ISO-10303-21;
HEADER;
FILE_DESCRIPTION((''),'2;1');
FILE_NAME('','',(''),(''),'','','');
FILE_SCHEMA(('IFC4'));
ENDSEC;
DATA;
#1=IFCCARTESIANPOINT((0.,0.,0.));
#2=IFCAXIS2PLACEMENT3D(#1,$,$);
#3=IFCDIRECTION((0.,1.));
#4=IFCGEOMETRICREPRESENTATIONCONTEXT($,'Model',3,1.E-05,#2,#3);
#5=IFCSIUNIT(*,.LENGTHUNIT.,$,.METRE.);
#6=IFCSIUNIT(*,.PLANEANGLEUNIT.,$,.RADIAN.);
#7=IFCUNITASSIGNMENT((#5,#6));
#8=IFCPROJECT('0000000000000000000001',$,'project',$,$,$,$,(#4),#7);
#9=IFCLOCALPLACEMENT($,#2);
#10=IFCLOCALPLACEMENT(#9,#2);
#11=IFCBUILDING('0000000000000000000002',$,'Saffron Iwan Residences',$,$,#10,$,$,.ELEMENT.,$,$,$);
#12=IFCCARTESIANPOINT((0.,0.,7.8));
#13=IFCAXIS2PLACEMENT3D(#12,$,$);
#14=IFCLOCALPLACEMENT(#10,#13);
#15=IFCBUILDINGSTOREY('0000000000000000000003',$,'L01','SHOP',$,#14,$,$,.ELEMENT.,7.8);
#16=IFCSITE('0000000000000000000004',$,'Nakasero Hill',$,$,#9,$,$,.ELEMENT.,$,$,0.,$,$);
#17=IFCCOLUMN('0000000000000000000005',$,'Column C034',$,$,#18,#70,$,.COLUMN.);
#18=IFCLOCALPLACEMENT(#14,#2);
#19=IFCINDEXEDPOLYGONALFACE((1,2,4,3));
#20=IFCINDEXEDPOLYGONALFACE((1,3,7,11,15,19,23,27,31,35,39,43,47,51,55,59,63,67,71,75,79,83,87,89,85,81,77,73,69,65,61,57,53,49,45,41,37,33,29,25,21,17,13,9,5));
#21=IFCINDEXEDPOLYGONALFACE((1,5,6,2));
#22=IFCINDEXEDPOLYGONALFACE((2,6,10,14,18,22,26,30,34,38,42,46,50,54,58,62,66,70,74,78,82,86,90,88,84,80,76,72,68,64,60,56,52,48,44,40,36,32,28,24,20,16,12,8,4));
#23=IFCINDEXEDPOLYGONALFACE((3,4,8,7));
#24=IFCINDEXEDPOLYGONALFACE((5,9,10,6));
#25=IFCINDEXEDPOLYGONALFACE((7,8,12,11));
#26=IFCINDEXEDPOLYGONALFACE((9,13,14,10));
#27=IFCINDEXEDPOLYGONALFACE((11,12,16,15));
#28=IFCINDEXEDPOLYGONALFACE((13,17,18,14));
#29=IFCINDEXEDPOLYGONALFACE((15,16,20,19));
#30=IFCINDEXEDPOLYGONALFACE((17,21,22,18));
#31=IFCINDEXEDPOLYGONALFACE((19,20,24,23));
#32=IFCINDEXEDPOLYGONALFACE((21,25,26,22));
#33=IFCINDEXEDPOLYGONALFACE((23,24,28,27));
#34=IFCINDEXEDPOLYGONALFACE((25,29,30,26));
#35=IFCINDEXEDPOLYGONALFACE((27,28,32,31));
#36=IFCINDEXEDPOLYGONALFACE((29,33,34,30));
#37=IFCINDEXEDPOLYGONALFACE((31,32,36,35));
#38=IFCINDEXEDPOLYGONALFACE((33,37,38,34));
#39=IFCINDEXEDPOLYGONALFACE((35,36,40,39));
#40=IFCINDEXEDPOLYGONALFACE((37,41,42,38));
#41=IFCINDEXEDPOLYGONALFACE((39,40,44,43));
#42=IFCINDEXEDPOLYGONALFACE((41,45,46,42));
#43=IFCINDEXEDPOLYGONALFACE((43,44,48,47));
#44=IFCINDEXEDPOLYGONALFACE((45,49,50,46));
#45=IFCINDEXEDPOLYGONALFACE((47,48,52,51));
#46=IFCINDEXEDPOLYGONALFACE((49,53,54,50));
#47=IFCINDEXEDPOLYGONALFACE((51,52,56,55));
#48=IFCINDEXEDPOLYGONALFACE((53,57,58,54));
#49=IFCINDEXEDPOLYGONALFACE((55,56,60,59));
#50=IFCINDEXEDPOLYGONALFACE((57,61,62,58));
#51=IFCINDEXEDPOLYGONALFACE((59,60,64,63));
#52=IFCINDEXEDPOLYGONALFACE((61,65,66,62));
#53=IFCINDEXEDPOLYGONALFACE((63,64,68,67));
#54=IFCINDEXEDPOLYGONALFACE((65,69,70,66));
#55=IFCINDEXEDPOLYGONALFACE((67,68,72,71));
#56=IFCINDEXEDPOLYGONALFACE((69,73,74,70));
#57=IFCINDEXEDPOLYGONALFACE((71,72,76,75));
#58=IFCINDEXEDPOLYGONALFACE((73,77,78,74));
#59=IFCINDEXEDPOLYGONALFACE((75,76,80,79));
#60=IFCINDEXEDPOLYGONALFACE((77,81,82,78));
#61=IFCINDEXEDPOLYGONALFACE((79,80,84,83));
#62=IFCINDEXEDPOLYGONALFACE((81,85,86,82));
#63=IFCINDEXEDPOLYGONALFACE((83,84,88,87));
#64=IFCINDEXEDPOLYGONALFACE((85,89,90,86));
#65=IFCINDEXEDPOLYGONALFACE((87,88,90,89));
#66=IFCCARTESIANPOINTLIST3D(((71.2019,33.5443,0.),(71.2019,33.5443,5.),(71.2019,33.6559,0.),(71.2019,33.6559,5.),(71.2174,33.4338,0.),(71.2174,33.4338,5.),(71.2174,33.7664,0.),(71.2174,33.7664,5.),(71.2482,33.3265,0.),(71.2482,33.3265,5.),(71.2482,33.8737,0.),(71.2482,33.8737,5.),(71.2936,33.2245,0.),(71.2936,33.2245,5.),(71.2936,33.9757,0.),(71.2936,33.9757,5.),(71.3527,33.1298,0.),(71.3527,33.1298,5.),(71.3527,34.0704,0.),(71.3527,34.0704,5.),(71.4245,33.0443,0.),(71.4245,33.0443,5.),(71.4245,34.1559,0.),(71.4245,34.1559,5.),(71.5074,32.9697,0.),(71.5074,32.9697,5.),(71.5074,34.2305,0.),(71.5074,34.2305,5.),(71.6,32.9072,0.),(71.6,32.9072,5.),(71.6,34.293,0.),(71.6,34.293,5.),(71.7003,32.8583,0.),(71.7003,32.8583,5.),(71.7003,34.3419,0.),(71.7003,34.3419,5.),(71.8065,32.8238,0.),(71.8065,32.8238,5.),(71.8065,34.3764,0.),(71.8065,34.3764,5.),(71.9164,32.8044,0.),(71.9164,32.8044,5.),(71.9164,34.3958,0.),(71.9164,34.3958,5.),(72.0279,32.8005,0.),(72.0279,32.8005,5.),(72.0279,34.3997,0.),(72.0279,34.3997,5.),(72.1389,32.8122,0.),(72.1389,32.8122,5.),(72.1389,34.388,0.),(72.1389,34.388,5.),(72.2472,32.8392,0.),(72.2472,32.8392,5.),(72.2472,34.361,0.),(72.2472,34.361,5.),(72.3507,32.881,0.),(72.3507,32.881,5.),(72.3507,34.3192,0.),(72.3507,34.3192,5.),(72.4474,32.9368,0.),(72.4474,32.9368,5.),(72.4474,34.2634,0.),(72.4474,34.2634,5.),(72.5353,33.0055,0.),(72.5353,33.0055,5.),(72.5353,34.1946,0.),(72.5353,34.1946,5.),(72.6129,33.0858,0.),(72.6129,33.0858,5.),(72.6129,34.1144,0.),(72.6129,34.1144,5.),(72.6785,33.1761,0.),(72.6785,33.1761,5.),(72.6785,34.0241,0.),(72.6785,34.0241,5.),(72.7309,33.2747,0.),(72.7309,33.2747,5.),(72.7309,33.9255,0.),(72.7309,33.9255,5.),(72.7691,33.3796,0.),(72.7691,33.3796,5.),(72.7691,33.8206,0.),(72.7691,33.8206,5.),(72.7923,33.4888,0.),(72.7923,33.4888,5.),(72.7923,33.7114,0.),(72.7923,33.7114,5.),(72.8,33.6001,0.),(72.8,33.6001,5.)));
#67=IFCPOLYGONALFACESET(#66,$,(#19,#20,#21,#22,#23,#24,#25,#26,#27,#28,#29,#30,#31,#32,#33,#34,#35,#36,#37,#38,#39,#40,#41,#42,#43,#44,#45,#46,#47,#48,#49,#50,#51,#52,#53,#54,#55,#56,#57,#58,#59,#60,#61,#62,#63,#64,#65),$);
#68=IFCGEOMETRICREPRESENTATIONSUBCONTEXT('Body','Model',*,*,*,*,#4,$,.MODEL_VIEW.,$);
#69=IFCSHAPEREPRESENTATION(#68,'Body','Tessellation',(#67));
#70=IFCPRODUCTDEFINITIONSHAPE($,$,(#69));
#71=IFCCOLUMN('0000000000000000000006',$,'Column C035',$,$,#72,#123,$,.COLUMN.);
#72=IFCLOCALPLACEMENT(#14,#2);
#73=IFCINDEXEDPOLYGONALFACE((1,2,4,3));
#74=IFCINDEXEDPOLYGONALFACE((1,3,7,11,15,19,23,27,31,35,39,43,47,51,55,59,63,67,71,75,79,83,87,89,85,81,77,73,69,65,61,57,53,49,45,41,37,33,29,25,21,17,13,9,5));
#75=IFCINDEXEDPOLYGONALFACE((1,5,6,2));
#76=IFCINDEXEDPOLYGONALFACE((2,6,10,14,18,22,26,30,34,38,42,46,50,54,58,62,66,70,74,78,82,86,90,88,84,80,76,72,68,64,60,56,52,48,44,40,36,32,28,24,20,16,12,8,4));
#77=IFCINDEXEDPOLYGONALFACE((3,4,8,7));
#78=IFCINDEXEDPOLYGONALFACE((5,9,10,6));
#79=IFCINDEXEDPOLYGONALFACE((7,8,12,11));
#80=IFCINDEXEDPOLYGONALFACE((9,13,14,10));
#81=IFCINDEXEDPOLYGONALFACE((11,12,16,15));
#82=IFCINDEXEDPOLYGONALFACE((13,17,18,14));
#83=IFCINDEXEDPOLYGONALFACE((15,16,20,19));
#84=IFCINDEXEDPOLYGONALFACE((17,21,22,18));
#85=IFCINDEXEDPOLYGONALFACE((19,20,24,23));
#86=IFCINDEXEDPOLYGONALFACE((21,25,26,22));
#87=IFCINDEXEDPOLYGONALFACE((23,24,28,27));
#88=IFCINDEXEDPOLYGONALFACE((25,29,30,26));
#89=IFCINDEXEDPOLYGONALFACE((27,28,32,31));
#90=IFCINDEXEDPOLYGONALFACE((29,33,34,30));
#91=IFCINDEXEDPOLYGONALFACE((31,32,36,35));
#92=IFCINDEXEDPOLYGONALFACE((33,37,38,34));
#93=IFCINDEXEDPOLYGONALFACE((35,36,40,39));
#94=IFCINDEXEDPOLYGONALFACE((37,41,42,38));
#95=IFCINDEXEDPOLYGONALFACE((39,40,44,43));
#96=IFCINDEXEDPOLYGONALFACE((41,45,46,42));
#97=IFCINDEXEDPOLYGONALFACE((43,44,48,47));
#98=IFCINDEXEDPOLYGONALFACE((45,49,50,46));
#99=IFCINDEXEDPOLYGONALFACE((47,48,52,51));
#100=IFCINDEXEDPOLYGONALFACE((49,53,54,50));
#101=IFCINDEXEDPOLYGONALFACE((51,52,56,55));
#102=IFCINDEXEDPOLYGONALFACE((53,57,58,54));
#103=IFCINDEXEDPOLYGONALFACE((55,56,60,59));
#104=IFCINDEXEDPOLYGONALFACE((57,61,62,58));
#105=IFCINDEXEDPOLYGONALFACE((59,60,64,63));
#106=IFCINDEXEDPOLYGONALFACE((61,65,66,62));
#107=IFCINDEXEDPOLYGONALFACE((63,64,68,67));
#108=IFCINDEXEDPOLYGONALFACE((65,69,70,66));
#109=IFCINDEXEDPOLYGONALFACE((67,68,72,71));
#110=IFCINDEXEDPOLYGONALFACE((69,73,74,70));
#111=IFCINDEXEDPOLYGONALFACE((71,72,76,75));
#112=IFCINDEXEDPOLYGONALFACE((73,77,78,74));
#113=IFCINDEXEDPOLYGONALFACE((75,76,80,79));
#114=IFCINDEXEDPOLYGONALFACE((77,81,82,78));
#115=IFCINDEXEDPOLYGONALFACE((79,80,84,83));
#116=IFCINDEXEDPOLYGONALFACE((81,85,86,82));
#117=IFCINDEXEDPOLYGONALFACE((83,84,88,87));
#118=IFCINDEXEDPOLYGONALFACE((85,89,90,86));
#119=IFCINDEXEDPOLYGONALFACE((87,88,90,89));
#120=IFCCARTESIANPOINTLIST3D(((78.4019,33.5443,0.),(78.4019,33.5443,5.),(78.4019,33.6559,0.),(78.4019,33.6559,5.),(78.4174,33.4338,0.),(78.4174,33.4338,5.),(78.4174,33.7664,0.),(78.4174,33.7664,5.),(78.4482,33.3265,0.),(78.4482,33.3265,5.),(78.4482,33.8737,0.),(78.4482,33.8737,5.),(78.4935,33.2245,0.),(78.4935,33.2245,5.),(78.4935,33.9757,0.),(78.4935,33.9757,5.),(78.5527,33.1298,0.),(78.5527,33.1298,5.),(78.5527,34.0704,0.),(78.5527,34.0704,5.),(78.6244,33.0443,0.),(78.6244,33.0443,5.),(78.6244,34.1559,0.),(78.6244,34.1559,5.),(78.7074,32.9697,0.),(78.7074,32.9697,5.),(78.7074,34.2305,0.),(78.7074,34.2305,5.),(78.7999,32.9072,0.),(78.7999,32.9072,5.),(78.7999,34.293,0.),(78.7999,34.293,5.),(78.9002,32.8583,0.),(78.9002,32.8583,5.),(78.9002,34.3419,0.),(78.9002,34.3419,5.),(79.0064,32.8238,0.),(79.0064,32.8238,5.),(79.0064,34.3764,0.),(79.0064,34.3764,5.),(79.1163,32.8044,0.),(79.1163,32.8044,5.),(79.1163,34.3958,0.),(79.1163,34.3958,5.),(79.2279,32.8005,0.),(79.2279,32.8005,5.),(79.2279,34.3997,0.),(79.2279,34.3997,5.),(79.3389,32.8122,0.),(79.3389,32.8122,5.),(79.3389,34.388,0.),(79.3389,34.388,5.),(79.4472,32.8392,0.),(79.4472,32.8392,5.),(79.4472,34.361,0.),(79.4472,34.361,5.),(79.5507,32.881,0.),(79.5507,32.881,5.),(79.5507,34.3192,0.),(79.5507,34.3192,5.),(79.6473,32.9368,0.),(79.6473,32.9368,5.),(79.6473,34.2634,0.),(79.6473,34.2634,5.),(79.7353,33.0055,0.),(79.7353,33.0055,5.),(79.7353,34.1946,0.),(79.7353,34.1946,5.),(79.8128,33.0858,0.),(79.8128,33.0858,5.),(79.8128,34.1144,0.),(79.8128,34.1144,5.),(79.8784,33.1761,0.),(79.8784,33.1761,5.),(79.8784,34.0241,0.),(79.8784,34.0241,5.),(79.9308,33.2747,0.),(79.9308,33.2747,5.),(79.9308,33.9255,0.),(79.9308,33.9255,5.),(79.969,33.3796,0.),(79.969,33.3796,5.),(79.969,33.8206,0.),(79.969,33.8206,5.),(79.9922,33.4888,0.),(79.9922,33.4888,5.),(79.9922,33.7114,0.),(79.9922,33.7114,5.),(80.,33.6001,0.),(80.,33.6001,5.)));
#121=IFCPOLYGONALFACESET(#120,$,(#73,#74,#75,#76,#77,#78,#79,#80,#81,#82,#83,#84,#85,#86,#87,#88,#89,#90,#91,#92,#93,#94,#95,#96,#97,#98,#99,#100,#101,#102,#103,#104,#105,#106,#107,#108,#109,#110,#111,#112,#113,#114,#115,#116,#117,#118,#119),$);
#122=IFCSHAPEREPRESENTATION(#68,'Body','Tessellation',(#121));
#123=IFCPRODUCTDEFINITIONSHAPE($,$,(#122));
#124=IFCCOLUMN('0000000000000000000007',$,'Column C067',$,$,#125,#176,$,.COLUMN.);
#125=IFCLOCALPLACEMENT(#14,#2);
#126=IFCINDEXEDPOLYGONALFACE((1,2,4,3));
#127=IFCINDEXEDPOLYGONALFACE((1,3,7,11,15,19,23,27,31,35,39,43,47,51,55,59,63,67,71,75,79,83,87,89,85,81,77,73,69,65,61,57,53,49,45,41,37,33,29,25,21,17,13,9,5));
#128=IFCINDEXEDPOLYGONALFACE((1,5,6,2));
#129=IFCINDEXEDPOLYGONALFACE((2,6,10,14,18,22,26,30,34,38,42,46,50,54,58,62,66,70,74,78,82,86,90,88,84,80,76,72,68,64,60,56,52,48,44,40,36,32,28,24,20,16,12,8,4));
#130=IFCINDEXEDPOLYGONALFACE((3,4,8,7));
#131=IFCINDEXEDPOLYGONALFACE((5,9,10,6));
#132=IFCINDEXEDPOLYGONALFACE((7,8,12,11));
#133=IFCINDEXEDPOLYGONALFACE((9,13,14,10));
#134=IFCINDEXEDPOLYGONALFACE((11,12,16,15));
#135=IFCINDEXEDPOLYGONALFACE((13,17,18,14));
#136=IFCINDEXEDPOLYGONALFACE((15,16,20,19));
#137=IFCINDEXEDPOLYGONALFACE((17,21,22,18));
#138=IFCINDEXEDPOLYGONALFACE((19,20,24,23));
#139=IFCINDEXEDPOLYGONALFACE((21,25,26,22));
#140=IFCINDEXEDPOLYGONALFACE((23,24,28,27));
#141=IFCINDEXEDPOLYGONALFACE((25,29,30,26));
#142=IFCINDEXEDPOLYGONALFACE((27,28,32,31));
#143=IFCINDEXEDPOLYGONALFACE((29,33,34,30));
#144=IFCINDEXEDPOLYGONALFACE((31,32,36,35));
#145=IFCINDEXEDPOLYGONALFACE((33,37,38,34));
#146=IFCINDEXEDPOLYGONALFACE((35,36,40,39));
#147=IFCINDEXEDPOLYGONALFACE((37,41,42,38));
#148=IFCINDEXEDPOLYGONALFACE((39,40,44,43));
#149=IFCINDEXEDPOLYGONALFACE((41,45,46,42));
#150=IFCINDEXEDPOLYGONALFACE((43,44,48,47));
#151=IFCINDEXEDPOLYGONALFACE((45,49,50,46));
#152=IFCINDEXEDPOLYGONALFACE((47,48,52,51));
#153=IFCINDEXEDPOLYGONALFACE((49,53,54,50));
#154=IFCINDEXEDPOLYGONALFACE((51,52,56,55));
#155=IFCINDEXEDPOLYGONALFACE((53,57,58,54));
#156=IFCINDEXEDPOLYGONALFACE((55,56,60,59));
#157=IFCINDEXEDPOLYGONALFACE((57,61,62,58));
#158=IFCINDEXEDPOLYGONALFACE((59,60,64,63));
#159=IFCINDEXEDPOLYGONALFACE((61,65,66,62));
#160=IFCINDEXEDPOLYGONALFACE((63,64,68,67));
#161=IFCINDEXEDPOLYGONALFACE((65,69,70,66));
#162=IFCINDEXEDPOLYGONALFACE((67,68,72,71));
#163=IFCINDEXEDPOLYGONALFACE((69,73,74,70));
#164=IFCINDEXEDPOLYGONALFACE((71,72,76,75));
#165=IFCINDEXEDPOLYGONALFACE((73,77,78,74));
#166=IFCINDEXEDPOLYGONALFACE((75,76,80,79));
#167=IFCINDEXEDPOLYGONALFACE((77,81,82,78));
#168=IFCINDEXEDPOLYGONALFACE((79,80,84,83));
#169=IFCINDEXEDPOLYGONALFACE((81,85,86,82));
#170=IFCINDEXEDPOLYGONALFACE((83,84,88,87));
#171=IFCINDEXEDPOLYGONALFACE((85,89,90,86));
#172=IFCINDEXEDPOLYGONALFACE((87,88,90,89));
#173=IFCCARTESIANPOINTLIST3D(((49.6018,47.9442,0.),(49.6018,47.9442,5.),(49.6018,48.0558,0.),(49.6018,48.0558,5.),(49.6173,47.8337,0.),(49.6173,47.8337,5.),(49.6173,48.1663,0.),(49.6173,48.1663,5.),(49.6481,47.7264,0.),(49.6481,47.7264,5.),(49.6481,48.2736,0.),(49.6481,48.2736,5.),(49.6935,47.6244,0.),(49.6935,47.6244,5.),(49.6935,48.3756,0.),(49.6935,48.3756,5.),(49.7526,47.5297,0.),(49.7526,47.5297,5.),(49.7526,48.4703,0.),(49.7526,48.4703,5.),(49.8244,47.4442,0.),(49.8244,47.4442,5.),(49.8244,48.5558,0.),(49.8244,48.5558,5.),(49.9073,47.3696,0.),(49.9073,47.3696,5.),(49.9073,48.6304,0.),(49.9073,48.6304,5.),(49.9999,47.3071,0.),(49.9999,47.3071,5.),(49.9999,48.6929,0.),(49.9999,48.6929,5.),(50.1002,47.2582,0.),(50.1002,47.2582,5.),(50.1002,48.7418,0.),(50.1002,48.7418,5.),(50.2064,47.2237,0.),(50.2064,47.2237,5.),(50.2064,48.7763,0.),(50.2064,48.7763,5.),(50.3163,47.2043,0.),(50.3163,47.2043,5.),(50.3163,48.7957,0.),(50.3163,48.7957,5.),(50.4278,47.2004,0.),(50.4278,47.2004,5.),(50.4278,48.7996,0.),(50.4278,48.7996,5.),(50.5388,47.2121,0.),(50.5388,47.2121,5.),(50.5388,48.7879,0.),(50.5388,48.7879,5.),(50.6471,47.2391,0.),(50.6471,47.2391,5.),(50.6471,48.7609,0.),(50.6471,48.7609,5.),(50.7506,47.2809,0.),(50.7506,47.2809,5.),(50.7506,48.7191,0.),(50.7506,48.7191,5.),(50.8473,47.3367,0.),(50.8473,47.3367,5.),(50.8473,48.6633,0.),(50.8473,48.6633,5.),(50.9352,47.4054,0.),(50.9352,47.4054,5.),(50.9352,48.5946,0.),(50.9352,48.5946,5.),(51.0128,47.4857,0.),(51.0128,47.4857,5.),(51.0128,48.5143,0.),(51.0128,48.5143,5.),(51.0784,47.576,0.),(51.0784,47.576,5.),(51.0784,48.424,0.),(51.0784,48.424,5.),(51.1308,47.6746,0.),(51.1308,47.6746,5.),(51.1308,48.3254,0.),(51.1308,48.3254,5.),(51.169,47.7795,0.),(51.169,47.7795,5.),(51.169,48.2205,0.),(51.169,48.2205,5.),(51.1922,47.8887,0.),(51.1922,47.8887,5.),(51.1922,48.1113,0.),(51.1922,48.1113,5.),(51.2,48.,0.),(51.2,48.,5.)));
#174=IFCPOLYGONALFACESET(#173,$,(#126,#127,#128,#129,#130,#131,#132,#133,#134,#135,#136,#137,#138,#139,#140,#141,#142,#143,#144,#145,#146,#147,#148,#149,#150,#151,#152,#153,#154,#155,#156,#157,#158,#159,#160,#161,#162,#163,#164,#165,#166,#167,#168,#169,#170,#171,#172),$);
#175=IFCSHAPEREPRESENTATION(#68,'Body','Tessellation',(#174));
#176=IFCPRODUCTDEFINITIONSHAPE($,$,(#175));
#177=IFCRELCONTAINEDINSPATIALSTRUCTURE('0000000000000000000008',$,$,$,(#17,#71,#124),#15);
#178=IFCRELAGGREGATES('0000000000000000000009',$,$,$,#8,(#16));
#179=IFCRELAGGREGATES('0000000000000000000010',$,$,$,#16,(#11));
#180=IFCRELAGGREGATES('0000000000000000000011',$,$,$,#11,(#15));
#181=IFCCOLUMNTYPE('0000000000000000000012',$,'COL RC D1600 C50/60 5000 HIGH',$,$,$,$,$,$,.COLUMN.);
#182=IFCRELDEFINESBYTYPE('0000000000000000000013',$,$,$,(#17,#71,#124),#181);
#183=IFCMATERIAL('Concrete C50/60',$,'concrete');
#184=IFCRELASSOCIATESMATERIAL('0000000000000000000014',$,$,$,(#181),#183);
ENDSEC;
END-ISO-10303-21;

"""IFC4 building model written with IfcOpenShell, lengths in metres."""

from ifc_helpers import new_model, si_unit, direction, frame, origin, origin_2d, place, context, subcontext, project, spatial, circle, extrude, source, transform, mapped, material, material_profile, profile_set, type_object, element, save


model = new_model("IFC4")

# Units and contexts
model_context = context("Model", 3, precision=1e-05, world=origin(), true_north=direction((0.0, 1.0)))
body_context = subcontext(model_context, "Body", "Model", "MODEL_VIEW")
ifc_project = project(units=[si_unit("LENGTHUNIT", "METRE"), si_unit("PLANEANGLEUNIT", "RADIAN")], contexts=[model_context])

# Site, building, storey
site_placement = place(None, origin())
site = spatial("IfcSite", under=ifc_project, at=site_placement, Name="Nakasero Hill", CompositionType="ELEMENT", RefElevation=0.0)
building_placement = place(site_placement, origin())
building = spatial("IfcBuilding", under=site, at=building_placement, Name="Saffron Iwan Residences", CompositionType="ELEMENT")
storey_placement = place(building_placement, frame((0.0, 0.0, 7.8)))
storey = spatial("IfcBuildingStorey", under=building, at=storey_placement, Name="L01", Description="SHOP", CompositionType="ELEMENT", Elevation=7.8)

# Columns
ifc_material_1 = material(Name="Concrete C50/60", Category="concrete")
ifc_material_profile_1 = material_profile(ifc_material_1, circle(Radius=0.8, at=origin_2d()), Name="RC D1600")
ifc_profile_set_1 = profile_set([ifc_material_profile_1], Name="Concrete C50/60")
column_type = type_object("IfcColumnType", Name="COL RC D1600 C50/60 5000 HIGH", PredefinedType="COLUMN", material=ifc_profile_set_1)
shared_shape_1 = source(origin(), body_context, "Body", "SweptSolid", [
    extrude(circle(Radius=0.8, at=origin_2d()), origin(), (0.0, 0.0, 1.0), 5.0),
])
for number, where, z_axis, x_axis, name in (
    (1, (72.0, 33.6001, 0.0), (0.0, 0.0, 1.0), (1.0, 0.0, 0.0), "Column C034"),
    (2, (79.2, 33.6001, 0.0), (0.0, 0.0, 1.0), (1.0, 0.0, 0.0), "Column C035"),
    (3, (50.3999, 48.0, 0.0), (0.0, 0.0, 1.0), (1.0, 0.0, 0.0), "Column C067"),
):
    element("IfcColumn", number, at=place(storey_placement, frame(where, z_axis=z_axis, x_axis=x_axis)), inside=storey, type_object=column_type, Name=name, PredefinedType="COLUMN", context=body_context, shape_type="MappedRepresentation", body=[
        mapped(shared_shape_1, transform((0.0, 0.0, 0.0))),
    ])

save(model, "model.ifc")
